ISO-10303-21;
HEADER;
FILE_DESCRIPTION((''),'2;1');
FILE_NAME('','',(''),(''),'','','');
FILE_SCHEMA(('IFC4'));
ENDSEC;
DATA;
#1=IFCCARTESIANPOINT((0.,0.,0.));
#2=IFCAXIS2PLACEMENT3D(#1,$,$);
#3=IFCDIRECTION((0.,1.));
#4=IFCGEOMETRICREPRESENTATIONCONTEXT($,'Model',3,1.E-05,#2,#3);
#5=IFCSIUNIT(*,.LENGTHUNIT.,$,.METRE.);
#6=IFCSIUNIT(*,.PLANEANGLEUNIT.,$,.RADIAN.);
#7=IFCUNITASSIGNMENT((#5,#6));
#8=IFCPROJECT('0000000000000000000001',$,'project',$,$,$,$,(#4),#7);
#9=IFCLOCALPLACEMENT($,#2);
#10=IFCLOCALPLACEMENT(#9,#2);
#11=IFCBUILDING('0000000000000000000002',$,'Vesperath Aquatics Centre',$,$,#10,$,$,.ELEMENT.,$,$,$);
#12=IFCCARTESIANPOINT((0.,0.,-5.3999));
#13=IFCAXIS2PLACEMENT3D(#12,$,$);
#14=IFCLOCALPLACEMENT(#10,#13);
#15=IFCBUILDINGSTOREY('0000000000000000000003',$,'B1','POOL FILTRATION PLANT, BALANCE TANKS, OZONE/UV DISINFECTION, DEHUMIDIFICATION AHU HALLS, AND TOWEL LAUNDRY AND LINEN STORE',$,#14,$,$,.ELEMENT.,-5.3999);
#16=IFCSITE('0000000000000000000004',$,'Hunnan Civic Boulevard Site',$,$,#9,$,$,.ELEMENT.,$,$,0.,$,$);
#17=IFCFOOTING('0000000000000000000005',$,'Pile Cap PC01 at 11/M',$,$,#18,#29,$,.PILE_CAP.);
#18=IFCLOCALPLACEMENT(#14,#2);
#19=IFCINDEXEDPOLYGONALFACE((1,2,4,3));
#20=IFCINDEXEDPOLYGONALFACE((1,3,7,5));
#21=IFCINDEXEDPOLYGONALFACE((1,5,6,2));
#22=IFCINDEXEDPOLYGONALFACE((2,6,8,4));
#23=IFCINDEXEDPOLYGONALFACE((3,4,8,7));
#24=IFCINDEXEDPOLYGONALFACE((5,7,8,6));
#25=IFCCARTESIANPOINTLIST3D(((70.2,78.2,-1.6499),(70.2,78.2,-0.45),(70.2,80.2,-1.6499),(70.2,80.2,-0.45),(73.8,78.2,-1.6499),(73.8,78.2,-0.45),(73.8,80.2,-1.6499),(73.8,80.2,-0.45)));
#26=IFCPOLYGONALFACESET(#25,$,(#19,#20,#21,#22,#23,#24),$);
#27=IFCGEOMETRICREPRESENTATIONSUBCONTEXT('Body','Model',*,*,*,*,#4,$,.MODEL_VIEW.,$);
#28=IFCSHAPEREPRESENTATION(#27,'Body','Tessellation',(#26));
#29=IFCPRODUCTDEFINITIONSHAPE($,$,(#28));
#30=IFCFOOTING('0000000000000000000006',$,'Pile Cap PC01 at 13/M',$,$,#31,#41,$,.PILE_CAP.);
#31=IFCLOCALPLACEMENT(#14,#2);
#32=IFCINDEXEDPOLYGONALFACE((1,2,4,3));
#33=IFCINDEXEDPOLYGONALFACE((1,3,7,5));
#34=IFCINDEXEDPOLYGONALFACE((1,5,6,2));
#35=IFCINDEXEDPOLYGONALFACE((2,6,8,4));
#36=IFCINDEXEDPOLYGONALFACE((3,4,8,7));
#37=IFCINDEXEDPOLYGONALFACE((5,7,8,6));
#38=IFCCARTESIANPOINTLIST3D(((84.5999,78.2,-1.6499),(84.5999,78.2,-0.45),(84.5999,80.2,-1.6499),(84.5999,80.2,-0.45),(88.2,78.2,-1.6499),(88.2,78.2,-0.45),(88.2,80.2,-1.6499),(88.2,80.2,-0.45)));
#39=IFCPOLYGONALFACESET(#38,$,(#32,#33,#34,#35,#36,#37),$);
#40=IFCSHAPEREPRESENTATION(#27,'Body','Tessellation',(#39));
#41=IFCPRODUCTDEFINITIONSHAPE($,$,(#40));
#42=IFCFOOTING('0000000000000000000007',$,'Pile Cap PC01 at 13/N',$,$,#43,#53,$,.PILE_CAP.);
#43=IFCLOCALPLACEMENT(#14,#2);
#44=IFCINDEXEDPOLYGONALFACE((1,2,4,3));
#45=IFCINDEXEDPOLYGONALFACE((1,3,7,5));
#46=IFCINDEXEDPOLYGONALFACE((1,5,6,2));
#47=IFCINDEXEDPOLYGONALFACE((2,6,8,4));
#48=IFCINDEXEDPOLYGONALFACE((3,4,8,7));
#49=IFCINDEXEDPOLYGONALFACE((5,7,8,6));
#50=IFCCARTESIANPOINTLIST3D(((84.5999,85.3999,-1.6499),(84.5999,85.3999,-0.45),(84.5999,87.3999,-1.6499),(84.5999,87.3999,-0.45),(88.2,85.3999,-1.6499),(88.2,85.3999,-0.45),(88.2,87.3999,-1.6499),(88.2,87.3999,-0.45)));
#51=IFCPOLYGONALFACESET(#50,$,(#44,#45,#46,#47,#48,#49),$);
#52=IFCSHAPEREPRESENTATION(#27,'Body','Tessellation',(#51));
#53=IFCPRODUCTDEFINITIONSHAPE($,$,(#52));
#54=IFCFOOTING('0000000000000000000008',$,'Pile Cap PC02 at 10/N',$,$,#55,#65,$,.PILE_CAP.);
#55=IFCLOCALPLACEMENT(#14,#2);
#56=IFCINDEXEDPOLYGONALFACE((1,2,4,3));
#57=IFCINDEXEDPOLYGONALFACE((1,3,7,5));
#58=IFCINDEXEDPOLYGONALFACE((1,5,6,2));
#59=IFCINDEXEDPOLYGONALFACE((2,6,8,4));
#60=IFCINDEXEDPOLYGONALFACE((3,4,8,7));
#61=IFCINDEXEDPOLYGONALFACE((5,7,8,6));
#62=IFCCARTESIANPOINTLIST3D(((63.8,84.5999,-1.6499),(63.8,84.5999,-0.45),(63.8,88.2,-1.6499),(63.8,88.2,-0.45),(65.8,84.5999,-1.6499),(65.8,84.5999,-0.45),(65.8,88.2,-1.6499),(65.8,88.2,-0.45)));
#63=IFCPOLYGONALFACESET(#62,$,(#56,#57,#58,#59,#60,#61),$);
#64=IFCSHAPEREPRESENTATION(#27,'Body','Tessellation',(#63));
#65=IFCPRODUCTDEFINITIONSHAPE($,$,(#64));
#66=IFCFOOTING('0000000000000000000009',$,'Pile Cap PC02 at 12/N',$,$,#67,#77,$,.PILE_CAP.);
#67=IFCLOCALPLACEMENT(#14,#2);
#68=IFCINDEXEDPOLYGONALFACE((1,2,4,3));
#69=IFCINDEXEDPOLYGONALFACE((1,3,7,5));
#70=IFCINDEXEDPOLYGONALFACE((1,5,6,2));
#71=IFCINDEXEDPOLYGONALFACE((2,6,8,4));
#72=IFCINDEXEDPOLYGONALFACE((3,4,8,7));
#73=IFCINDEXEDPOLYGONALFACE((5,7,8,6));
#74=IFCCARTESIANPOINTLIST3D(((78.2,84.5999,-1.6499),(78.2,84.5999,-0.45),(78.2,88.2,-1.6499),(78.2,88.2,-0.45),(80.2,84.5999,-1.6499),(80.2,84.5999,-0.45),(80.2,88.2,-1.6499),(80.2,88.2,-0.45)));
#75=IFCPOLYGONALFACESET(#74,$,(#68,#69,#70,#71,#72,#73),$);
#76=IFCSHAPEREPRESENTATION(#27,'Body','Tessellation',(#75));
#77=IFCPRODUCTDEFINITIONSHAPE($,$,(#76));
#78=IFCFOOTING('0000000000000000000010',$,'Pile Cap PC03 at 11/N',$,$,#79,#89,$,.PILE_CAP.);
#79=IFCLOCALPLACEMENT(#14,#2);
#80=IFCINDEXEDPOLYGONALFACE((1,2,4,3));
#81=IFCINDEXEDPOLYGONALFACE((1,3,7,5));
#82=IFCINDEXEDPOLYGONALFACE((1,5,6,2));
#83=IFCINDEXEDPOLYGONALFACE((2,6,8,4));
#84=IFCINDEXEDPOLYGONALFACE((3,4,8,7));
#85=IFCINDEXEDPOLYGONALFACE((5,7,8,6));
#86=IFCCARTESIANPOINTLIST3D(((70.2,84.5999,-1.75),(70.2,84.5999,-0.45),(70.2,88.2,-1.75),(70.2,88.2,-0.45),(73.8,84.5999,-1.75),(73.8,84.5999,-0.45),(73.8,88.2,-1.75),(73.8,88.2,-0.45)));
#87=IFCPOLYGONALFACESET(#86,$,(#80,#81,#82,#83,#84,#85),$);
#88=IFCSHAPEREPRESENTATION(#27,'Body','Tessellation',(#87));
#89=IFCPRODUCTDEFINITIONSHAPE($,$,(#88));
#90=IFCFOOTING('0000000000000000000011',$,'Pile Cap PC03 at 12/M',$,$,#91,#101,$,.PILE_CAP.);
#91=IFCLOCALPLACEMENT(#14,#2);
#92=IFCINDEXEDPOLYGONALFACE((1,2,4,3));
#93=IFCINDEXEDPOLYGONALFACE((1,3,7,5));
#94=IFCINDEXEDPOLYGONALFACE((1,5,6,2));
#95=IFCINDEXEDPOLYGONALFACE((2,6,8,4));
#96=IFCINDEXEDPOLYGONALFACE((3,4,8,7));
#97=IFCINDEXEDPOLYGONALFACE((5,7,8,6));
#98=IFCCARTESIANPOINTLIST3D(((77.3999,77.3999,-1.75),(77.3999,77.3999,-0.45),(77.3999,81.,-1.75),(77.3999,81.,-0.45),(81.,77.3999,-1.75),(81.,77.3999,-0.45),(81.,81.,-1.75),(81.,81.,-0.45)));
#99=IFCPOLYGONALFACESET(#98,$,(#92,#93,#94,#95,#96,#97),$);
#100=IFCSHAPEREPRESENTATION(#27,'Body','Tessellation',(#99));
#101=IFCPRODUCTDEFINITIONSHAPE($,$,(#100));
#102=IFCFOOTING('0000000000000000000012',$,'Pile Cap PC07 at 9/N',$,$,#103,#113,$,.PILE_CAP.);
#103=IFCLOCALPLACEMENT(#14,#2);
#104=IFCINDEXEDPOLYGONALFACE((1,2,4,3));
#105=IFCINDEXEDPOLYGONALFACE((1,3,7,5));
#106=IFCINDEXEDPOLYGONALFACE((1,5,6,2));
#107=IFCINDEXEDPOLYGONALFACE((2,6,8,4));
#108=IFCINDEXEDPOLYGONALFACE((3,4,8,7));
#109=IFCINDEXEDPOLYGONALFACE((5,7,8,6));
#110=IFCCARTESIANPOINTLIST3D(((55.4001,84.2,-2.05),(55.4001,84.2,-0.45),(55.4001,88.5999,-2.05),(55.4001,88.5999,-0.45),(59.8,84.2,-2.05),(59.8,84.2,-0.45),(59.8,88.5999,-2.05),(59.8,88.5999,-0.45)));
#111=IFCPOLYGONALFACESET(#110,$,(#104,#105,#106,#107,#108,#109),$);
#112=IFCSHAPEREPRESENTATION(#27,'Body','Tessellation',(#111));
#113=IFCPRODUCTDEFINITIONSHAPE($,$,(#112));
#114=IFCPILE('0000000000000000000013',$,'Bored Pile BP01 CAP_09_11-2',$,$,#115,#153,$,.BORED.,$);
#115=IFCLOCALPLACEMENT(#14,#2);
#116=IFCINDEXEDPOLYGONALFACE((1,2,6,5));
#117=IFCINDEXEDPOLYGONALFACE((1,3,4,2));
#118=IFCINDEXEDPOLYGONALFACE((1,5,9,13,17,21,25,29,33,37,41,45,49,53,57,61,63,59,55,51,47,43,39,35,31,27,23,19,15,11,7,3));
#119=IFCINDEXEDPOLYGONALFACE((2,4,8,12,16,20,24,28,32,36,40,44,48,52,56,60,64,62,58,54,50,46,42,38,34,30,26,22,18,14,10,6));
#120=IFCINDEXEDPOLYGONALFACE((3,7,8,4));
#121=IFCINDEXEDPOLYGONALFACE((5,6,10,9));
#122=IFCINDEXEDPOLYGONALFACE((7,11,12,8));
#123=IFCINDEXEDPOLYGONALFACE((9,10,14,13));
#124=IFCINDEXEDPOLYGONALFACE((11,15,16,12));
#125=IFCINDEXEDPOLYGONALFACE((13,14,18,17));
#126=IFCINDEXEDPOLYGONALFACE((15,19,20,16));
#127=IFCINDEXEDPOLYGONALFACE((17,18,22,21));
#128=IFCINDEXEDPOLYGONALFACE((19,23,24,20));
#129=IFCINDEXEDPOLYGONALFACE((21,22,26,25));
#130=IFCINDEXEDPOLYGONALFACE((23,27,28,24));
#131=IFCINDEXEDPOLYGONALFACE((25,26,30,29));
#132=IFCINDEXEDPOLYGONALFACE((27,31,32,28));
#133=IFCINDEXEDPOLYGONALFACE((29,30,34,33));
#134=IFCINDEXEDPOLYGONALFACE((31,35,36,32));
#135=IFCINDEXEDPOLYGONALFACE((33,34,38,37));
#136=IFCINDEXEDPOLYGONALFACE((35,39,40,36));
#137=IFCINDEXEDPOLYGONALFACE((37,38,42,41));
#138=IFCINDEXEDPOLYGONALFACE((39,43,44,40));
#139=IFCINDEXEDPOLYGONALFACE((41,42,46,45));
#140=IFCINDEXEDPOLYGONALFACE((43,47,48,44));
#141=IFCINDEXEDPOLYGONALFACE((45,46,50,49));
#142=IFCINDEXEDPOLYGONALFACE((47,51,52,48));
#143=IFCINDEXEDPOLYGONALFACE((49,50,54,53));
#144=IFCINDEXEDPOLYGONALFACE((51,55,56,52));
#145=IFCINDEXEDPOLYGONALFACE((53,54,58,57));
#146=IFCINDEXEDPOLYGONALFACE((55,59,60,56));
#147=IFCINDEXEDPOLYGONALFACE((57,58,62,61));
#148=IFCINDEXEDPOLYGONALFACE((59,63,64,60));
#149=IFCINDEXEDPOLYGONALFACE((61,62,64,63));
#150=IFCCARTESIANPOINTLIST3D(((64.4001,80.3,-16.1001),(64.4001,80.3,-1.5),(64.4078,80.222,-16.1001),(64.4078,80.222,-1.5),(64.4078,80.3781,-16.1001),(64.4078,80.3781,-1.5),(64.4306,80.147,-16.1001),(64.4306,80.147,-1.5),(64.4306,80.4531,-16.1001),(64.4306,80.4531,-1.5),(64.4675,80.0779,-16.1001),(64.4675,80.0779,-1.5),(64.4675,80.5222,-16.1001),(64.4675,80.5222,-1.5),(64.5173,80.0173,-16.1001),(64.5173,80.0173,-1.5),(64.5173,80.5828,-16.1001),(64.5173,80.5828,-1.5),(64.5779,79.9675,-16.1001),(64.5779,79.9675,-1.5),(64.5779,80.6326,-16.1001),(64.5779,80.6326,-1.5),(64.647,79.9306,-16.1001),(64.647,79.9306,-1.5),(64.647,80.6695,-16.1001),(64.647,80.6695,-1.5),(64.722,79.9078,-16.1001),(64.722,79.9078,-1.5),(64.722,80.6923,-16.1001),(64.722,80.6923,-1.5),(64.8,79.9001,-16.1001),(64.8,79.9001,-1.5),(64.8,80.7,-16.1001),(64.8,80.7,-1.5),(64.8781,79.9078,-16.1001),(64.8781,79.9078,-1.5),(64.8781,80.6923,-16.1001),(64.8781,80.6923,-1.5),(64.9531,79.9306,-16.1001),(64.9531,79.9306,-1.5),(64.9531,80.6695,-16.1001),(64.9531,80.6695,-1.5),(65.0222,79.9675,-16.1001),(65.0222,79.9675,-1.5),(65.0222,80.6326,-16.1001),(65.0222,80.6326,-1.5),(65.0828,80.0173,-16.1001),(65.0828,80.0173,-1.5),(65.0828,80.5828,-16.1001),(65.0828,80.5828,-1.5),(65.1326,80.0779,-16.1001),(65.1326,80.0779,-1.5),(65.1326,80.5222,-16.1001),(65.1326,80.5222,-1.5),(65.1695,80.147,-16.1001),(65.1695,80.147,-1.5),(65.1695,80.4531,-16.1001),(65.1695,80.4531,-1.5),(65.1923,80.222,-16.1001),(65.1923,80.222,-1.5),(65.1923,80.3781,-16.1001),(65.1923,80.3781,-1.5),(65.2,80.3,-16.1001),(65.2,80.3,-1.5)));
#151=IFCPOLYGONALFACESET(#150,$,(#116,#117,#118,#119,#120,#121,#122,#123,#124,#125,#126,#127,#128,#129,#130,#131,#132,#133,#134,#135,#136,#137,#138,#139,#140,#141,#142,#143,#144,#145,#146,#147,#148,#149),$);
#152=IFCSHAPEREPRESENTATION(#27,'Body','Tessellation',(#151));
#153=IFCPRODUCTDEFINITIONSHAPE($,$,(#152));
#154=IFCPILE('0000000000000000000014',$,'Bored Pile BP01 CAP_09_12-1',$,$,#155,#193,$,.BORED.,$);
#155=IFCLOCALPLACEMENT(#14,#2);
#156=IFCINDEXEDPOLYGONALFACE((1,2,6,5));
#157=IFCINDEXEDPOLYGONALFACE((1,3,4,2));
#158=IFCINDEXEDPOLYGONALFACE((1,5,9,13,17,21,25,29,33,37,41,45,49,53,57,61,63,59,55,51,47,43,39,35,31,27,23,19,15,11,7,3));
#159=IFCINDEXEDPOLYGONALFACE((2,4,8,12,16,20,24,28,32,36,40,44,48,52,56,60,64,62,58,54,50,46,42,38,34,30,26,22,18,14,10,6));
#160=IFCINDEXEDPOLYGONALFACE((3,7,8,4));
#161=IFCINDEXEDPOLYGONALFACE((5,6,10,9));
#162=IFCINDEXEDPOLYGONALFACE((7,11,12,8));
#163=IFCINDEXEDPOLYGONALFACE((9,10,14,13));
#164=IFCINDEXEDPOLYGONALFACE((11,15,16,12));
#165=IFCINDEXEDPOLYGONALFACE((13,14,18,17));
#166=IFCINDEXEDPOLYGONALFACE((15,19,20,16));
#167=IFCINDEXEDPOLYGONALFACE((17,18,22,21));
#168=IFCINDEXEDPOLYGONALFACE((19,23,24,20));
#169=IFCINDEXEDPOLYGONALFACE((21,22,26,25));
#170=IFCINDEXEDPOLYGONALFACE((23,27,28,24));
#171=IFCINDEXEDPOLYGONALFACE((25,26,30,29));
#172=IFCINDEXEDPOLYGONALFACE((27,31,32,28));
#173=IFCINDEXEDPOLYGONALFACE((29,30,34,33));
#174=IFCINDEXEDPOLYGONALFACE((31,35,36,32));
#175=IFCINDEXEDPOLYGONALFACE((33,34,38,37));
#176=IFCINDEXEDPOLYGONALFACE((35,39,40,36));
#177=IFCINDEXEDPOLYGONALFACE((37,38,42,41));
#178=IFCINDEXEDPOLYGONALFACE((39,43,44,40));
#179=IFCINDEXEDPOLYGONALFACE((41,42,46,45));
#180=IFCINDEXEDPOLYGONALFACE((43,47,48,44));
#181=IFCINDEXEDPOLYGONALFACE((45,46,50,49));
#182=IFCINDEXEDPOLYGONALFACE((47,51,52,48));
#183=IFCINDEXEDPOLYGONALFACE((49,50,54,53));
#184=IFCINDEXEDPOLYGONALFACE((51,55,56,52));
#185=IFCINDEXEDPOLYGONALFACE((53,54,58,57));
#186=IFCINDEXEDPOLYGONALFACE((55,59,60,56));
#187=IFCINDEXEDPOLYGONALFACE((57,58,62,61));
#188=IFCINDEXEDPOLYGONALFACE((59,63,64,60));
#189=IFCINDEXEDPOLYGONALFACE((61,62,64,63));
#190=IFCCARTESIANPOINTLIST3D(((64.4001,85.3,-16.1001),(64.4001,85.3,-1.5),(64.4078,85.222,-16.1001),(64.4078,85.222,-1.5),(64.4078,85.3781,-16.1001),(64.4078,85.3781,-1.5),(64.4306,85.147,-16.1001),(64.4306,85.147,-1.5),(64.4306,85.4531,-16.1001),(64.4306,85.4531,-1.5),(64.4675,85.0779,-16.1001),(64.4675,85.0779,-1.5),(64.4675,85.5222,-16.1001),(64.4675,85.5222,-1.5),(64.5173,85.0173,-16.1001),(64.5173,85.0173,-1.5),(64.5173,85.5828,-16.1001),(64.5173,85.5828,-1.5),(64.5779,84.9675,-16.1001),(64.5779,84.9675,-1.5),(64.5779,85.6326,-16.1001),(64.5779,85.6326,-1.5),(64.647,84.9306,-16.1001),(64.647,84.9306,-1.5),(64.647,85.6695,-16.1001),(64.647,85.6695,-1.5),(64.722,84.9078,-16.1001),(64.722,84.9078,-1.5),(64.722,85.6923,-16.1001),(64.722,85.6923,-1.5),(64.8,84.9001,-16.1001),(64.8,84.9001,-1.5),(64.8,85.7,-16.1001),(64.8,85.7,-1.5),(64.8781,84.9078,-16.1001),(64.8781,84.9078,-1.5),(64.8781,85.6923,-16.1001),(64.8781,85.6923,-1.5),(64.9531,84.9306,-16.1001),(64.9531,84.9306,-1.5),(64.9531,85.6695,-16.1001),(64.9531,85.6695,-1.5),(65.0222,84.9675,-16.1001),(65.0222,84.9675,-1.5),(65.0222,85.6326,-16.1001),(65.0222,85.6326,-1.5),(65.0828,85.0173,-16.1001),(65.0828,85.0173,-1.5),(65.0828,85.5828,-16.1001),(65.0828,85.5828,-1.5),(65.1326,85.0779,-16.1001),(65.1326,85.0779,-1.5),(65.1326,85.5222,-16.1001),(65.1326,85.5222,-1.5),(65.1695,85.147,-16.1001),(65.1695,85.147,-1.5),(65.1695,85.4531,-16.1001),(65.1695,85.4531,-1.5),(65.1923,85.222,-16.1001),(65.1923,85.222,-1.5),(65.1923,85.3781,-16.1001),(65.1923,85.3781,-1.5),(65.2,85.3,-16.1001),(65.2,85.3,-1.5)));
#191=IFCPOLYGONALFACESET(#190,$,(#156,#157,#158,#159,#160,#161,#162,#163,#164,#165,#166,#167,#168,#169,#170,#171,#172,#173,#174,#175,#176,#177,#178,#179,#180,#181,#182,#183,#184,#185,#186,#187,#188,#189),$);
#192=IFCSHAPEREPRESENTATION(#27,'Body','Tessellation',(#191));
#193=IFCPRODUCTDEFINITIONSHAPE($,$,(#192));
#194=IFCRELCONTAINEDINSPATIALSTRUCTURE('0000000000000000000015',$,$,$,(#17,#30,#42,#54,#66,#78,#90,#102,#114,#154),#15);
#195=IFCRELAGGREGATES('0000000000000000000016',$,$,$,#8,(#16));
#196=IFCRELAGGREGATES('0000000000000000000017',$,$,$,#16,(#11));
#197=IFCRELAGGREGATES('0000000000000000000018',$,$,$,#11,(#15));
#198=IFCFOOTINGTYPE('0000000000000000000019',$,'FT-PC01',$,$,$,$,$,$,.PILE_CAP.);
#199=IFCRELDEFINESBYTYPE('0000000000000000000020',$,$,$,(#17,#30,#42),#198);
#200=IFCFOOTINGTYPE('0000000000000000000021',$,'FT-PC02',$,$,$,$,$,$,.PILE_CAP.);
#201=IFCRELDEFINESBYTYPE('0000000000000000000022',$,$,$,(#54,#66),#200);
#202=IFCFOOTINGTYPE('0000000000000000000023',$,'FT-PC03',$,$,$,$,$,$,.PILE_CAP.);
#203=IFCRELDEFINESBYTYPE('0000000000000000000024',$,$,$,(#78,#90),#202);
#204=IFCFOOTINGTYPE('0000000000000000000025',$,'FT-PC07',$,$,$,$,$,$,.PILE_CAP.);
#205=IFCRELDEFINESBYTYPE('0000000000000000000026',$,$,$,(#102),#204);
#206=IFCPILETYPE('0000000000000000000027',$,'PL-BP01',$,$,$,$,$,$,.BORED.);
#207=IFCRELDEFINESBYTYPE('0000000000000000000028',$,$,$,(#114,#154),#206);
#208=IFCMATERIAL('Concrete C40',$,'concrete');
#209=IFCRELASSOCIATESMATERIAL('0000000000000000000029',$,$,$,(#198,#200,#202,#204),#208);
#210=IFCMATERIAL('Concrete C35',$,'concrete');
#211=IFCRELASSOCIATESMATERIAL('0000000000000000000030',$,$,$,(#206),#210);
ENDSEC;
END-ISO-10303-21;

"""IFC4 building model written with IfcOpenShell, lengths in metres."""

from ifc_helpers import new_model, si_unit, direction, frame, origin, origin_2d, place, context, subcontext, project, spatial, rectangle, circle, extrude, material, material_profile, profile_set, type_object, element, save


model = new_model("IFC4")

# Units and contexts
model_context = context("Model", 3, precision=1e-05, world=origin(), true_north=direction((0.0, 1.0)))
body_context = subcontext(model_context, "Body", "Model", "MODEL_VIEW")
ifc_project = project(units=[si_unit("LENGTHUNIT", "METRE"), si_unit("PLANEANGLEUNIT", "RADIAN")], contexts=[model_context])

# Site, building, storey
site_placement = place(None, origin())
site = spatial("IfcSite", under=ifc_project, at=site_placement, Name="Hunnan Civic Boulevard Site", CompositionType="ELEMENT", RefElevation=0.0)
building_placement = place(site_placement, origin())
building = spatial("IfcBuilding", under=site, at=building_placement, Name="Vesperath Aquatics Centre", CompositionType="ELEMENT")
storey_placement = place(building_placement, frame((0.0, 0.0, -5.3999)))
storey = spatial("IfcBuildingStorey", under=building, at=storey_placement, Name="B1", Description="POOL FILTRATION PLANT, BALANCE TANKS, OZONE/UV DISINFECTION, DEHUMIDIFICATION AHU HALLS, AND TOWEL LAUNDRY AND LINEN STORE", CompositionType="ELEMENT", Elevation=-5.3999)

# Footings
ifc_material_1 = material(Name="Concrete C40", Category="concrete")
footing_type_1 = type_object("IfcFootingType", Name="FT-PC01", PredefinedType="PILE_CAP", material=ifc_material_1)
for number, where, z_axis, x_axis, name in (
    (1, (72.0, 79.2, -1.6499), (0.0, 0.0, 1.0), (1.0, 0.0, 0.0), "Pile Cap PC01 at 11/M"),
    (2, (86.3999, 79.2, -1.6499), (0.0, 0.0, 1.0), (1.0, 0.0, 0.0), "Pile Cap PC01 at 13/M"),
    (3, (86.3999, 86.3999, -1.6499), (0.0, 0.0, 1.0), (1.0, 0.0, 0.0), "Pile Cap PC01 at 13/N"),
):
    element("IfcFooting", number, at=place(storey_placement, frame(where, z_axis=z_axis, x_axis=x_axis)), inside=storey, type_object=footing_type_1, Name=name, PredefinedType="PILE_CAP", context=body_context, shape_type="SweptSolid", body=[
        extrude(rectangle(XDim=3.6001, YDim=2.0, at=origin_2d()), origin(), (0.0, 0.0, 1.0), 1.2),
    ])
footing_type_2 = type_object("IfcFootingType", Name="FT-PC02", PredefinedType="PILE_CAP", material=ifc_material_1)
for number, where, z_axis, x_axis, name in (
    (4, (64.8, 86.3999, -1.6499), (0.0, 0.0, 1.0), (1.0, 0.0, 0.0), "Pile Cap PC02 at 10/N"),
    (5, (79.2, 86.3999, -1.6499), (0.0, 0.0, 1.0), (1.0, 0.0, 0.0), "Pile Cap PC02 at 12/N"),
):
    element("IfcFooting", number, at=place(storey_placement, frame(where, z_axis=z_axis, x_axis=x_axis)), inside=storey, type_object=footing_type_2, Name=name, PredefinedType="PILE_CAP", context=body_context, shape_type="SweptSolid", body=[
        extrude(rectangle(XDim=2.0, YDim=3.6001, at=origin_2d()), origin(), (0.0, 0.0, 1.0), 1.2),
    ])
footing_type_3 = type_object("IfcFootingType", Name="FT-PC03", PredefinedType="PILE_CAP", material=ifc_material_1)
for number, where, z_axis, x_axis, name in (
    (6, (72.0, 86.3999, -1.75), (0.0, 0.0, 1.0), (1.0, 0.0, 0.0), "Pile Cap PC03 at 11/N"),
    (7, (79.2, 79.2, -1.75), (0.0, 0.0, 1.0), (1.0, 0.0, 0.0), "Pile Cap PC03 at 12/M"),
):
    element("IfcFooting", number, at=place(storey_placement, frame(where, z_axis=z_axis, x_axis=x_axis)), inside=storey, type_object=footing_type_3, Name=name, PredefinedType="PILE_CAP", context=body_context, shape_type="SweptSolid", body=[
        extrude(rectangle(XDim=3.6001, YDim=3.6001, at=origin_2d()), origin(), (0.0, 0.0, 1.0), 1.3),
    ])
footing_type_4 = type_object("IfcFootingType", Name="FT-PC07", PredefinedType="PILE_CAP", material=ifc_material_1)
footing_placement = place(storey_placement, frame((57.6001, 86.3999, -2.05), z_axis=(0.0, 0.0, 1.0), x_axis=(1.0, 0.0, 0.0)))
element("IfcFooting", 8, at=footing_placement, inside=storey, type_object=footing_type_4, Name="Pile Cap PC07 at 9/N", PredefinedType="PILE_CAP", context=body_context, shape_type="SweptSolid", body=[
    extrude(rectangle(XDim=4.3999, YDim=4.3999, at=origin_2d()), origin(), (0.0, 0.0, 1.0), 1.6001),
])

# Piles
ifc_material_2 = material(Name="Concrete C35", Category="concrete")
ifc_material_profile_1 = material_profile(ifc_material_2, circle(Radius=0.3999, at=origin_2d()), Name="PILE D800")
ifc_profile_set_1 = profile_set([ifc_material_profile_1], Name="Concrete C35")
pile_type_1 = type_object("IfcPileType", Name="PL-BP01", PredefinedType="BORED", material=ifc_profile_set_1)
for number, where, z_axis, x_axis, name in (
    (9, (64.8, 80.3, -1.5), (0.0, 0.0, -1.0), (1.0, 0.0, 0.0), "Bored Pile BP01 CAP_09_11-2"),
    (10, (64.8, 85.3, -1.5), (0.0, 0.0, -1.0), (1.0, 0.0, 0.0), "Bored Pile BP01 CAP_09_12-1"),
):
    element("IfcPile", number, at=place(storey_placement, frame(where, z_axis=z_axis, x_axis=x_axis)), inside=storey, type_object=pile_type_1, Name=name, PredefinedType="BORED", context=body_context, shape_type="SweptSolid", body=[
        extrude(circle(Radius=0.3999, at=origin_2d()), origin(), (0.0, 0.0, 1.0), 14.6001),
    ])

save(model, "model.ifc")
